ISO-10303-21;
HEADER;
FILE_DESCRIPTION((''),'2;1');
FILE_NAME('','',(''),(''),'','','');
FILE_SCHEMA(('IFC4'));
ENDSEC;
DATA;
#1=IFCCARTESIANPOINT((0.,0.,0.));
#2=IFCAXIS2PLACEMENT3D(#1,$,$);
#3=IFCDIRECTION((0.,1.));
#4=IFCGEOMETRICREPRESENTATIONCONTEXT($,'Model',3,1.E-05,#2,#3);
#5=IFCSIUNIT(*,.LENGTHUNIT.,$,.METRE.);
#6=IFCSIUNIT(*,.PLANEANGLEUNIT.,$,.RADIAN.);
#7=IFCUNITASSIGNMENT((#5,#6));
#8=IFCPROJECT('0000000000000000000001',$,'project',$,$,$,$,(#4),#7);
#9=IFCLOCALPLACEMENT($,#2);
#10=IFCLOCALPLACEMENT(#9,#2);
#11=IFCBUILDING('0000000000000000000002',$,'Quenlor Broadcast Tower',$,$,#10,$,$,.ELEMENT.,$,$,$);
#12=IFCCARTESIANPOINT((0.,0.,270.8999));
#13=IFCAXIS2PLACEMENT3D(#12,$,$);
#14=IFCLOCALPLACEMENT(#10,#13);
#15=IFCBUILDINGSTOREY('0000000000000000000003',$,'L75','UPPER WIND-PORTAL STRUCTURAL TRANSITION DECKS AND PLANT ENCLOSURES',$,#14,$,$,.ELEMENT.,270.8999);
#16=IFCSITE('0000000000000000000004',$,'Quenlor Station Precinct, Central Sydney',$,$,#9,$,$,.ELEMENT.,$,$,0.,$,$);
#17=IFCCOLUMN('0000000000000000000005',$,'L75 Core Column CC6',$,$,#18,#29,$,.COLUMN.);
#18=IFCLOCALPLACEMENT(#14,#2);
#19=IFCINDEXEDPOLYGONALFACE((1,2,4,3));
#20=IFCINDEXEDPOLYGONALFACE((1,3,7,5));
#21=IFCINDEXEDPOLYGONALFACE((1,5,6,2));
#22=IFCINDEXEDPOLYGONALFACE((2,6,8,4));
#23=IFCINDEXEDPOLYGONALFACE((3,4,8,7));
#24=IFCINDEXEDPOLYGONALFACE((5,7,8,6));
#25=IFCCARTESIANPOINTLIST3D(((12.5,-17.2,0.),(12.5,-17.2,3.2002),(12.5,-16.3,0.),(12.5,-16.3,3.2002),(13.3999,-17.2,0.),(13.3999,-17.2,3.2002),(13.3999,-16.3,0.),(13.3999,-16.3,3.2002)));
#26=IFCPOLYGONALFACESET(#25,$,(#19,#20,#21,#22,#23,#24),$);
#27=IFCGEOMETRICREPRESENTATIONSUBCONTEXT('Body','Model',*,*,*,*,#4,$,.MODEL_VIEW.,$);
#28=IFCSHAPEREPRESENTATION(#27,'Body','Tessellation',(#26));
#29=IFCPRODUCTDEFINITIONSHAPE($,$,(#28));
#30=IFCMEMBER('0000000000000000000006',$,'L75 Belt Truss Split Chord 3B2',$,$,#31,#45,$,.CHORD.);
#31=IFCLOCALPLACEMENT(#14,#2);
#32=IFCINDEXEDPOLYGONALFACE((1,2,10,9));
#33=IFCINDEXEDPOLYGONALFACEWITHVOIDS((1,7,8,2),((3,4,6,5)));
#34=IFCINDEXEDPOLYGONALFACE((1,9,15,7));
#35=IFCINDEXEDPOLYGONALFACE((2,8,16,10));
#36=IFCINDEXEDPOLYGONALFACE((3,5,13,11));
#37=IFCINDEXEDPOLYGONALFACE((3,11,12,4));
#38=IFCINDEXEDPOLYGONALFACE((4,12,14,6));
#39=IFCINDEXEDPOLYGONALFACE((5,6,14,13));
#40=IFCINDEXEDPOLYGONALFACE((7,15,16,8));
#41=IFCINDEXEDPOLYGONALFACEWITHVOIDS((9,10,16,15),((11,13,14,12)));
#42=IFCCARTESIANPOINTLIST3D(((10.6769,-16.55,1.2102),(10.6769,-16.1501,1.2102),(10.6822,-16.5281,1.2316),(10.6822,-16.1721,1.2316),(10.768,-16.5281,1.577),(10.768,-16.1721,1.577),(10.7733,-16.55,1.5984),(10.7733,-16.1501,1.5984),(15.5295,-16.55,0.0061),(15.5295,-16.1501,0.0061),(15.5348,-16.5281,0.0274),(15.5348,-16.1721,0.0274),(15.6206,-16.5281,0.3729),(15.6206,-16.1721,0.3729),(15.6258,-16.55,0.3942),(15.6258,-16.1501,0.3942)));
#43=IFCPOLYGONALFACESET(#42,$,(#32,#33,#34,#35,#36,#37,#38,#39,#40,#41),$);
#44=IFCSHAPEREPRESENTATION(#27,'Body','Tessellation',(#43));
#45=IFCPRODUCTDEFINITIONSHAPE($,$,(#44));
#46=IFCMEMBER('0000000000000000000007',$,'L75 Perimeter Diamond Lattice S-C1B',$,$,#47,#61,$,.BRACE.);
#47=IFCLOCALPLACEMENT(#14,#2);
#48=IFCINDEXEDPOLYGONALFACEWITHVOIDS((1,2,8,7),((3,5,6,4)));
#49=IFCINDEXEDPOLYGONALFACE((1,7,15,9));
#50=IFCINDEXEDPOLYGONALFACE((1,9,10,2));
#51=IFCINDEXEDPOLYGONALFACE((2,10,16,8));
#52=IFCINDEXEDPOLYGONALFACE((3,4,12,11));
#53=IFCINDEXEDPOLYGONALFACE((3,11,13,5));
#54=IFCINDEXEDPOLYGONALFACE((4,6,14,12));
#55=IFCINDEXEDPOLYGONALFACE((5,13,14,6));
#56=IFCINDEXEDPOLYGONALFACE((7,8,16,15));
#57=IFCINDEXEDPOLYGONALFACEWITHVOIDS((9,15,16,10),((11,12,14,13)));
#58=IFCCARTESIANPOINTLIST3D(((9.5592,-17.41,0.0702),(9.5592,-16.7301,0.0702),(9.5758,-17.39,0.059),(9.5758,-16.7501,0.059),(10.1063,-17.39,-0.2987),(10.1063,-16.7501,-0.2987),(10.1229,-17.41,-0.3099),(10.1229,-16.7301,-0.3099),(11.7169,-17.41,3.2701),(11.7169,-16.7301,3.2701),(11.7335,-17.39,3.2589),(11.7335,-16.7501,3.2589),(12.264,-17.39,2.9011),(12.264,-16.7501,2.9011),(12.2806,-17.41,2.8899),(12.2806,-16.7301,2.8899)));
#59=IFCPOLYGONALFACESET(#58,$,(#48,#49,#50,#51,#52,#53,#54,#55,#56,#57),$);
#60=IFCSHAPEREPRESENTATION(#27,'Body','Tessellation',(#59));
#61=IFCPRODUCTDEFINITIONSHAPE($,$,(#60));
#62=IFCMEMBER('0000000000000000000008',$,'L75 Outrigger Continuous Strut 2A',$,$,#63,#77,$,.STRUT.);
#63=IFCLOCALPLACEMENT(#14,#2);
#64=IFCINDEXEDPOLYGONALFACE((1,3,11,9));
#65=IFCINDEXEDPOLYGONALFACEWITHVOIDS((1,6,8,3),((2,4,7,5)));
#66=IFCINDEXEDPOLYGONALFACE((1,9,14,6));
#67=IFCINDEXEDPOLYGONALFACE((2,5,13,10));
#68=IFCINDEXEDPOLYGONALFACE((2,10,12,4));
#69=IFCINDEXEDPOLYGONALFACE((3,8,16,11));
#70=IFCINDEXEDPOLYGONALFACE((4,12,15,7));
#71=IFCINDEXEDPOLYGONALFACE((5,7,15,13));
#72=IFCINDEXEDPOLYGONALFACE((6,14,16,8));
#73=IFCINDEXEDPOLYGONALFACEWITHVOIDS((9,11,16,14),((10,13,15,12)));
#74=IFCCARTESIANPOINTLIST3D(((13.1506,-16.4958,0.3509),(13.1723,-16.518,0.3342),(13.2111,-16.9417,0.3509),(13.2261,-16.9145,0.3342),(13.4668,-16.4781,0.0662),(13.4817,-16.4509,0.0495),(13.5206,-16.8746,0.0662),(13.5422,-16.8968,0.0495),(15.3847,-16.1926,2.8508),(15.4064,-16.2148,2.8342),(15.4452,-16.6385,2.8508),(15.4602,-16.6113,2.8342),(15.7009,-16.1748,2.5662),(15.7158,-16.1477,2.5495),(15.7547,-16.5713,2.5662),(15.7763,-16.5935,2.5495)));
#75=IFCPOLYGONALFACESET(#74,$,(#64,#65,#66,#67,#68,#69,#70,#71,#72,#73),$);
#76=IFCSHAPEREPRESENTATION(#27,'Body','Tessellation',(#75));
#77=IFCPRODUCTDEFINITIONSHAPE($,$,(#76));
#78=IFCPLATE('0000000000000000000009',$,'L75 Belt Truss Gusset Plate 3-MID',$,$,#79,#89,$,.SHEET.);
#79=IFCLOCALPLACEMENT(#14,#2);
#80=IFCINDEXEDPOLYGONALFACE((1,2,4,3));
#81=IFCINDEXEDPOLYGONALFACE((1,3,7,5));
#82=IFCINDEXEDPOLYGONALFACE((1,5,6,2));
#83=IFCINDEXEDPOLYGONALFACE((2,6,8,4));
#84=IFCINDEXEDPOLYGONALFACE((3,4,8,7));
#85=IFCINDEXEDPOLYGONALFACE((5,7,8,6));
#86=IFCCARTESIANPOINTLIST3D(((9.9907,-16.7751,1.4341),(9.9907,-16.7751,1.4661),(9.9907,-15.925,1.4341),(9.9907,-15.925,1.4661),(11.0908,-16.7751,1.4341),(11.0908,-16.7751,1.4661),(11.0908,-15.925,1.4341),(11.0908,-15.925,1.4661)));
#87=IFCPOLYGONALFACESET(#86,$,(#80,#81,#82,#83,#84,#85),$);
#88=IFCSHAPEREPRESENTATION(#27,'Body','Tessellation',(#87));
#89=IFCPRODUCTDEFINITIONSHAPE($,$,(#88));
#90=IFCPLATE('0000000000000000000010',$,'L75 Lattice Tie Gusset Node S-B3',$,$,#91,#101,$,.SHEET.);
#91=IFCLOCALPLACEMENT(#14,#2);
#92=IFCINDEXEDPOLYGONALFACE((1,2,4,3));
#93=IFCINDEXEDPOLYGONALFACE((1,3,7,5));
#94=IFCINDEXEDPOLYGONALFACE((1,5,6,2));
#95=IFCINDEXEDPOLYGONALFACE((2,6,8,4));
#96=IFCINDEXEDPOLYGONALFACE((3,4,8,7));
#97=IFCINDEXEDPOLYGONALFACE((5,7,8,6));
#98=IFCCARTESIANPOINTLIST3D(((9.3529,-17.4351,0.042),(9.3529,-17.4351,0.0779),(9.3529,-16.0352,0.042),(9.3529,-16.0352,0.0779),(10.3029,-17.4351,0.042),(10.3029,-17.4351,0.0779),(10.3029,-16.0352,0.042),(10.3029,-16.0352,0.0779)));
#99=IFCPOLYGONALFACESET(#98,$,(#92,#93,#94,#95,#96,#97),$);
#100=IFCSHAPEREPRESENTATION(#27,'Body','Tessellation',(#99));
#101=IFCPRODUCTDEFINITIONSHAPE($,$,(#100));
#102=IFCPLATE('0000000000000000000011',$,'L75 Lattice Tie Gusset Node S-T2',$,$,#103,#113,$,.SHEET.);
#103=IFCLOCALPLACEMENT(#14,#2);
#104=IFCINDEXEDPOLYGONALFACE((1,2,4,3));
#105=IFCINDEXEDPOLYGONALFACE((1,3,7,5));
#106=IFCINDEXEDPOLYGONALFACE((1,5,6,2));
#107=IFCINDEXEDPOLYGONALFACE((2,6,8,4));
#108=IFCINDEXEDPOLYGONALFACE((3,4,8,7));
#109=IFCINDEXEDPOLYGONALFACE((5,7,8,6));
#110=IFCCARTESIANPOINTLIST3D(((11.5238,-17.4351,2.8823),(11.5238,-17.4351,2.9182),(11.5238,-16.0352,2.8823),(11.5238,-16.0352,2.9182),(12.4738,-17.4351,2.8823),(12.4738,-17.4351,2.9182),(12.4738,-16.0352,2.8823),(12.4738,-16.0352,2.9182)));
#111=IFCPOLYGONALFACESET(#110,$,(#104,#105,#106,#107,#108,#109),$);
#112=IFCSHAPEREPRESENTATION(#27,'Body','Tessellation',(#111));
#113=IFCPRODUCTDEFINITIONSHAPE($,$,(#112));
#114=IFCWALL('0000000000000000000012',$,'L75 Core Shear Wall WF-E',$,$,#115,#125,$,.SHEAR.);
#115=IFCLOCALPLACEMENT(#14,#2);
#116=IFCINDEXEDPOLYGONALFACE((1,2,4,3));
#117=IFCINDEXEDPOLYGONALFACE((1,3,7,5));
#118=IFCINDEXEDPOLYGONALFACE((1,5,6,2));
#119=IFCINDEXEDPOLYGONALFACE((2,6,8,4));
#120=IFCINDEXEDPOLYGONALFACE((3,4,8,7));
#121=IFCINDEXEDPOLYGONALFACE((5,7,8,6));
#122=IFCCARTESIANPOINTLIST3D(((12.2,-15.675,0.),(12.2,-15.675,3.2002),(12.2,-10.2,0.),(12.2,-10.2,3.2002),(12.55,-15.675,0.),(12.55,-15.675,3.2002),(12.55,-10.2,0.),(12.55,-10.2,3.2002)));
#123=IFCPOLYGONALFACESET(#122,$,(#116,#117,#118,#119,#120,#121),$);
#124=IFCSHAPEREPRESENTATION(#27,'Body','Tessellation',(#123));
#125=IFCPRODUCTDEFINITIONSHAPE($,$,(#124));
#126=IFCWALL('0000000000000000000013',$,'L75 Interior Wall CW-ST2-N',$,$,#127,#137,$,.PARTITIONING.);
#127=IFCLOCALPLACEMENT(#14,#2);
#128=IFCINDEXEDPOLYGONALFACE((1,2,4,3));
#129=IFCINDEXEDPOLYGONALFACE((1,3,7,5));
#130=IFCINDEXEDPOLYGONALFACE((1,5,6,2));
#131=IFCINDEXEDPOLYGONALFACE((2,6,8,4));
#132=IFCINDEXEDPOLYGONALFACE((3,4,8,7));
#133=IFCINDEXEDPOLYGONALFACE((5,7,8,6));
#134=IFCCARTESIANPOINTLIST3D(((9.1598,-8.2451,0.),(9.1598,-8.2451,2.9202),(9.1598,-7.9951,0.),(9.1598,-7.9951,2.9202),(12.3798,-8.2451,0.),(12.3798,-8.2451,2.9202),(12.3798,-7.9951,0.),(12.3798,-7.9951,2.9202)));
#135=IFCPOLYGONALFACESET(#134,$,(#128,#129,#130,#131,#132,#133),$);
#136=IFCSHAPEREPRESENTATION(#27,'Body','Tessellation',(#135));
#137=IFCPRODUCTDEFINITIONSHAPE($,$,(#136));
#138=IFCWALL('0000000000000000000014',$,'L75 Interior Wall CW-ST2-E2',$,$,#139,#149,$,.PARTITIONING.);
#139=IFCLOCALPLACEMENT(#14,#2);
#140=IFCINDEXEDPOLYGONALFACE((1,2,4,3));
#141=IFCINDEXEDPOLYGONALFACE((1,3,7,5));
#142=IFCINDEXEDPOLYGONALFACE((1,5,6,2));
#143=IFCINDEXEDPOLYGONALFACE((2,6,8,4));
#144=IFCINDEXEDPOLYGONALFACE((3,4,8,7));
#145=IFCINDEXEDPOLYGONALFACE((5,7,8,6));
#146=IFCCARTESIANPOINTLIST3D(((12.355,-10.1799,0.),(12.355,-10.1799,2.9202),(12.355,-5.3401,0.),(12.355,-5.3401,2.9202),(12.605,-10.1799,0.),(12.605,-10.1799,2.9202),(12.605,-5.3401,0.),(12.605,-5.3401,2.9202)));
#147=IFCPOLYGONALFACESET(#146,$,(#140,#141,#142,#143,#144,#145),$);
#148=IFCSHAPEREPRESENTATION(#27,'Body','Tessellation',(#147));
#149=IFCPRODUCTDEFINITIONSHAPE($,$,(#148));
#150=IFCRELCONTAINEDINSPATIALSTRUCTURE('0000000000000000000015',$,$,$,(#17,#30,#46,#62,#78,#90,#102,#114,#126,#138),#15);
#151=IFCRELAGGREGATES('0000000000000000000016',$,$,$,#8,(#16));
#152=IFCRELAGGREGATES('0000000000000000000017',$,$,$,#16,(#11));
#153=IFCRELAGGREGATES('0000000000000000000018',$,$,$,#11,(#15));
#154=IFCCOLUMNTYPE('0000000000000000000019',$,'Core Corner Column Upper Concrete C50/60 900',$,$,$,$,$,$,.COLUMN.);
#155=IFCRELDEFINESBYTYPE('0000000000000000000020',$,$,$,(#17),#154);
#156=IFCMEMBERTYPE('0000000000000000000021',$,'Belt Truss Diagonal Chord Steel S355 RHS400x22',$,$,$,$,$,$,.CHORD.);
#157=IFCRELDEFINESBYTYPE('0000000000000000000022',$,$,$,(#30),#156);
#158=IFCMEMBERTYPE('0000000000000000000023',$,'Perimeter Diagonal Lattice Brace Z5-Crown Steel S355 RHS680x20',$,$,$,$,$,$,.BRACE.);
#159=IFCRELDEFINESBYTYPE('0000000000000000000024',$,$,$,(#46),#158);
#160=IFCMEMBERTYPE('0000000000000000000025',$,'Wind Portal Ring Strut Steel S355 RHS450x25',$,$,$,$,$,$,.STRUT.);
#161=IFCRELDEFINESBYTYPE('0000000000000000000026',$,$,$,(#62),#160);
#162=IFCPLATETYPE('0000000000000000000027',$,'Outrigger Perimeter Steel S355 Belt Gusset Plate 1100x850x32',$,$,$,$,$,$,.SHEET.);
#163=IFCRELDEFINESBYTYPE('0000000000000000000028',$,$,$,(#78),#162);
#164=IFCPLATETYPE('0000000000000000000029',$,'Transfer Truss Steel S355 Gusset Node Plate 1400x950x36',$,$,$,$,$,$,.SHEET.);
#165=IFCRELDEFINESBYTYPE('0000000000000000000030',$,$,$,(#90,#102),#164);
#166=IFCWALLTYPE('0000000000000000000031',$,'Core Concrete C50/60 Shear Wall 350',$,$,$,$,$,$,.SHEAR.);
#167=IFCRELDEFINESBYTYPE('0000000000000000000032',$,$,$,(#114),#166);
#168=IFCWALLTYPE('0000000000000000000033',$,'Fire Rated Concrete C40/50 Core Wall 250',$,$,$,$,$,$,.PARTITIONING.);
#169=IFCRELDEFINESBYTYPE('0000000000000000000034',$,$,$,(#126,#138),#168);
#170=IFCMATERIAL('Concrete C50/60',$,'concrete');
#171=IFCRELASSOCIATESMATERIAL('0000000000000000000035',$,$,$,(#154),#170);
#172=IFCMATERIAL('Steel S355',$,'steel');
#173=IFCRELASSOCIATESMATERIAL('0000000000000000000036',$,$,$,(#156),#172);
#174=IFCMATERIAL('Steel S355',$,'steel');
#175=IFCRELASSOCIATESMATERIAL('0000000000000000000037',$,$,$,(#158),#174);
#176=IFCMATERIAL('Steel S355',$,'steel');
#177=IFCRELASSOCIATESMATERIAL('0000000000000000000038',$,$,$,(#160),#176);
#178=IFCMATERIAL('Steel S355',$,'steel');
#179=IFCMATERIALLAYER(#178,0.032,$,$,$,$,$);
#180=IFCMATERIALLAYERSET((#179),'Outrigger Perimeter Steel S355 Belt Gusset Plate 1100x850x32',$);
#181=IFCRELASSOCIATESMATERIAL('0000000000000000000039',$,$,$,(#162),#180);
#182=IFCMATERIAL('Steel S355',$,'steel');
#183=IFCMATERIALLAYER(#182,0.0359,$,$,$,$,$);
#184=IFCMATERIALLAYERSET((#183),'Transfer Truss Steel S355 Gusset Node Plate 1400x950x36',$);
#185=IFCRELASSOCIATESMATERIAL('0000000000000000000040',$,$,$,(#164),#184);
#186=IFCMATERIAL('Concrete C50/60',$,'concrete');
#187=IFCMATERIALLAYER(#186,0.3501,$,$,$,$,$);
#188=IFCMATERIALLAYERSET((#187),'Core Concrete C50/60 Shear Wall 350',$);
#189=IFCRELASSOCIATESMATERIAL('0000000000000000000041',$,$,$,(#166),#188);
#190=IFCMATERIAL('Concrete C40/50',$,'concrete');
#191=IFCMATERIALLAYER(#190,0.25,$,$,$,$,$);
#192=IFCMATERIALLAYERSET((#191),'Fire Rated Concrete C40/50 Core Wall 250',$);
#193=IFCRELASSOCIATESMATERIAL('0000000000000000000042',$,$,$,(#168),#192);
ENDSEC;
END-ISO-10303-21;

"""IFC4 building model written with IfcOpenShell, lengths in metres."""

from ifc_helpers import new_model, si_unit, direction, frame, frame_2d, origin, origin_2d, place, context, subcontext, project, spatial, rectangle, hollow_rectangle, extrude, material, layer, layer_set, material_profile, profile_set, type_object, element, save


model = new_model("IFC4")

# Units and contexts
model_context = context("Model", 3, precision=1e-05, world=origin(), true_north=direction((0.0, 1.0)))
body_context = subcontext(model_context, "Body", "Model", "MODEL_VIEW")
ifc_project = project(units=[si_unit("LENGTHUNIT", "METRE"), si_unit("PLANEANGLEUNIT", "RADIAN")], contexts=[model_context])

# Site, building, storey
site_placement = place(None, origin())
site = spatial("IfcSite", under=ifc_project, at=site_placement, Name="Quenlor Station Precinct, Central Sydney", CompositionType="ELEMENT", RefElevation=0.0)
building_placement = place(site_placement, origin())
building = spatial("IfcBuilding", under=site, at=building_placement, Name="Quenlor Broadcast Tower", CompositionType="ELEMENT")
storey_placement = place(building_placement, frame((0.0, 0.0, 270.8999)))
storey = spatial("IfcBuildingStorey", under=building, at=storey_placement, Name="L75", Description="UPPER WIND-PORTAL STRUCTURAL TRANSITION DECKS AND PLANT ENCLOSURES", CompositionType="ELEMENT", Elevation=270.8999)

# Column
ifc_material_1 = material(Name="Concrete C50/60", Category="concrete")
ifc_material_profile_1 = material_profile(ifc_material_1, rectangle(XDim=0.8999, YDim=0.8999, at=origin_2d()))
ifc_profile_set_1 = profile_set([ifc_material_profile_1], Name="Concrete C50/60 RC900x900")
column_type = type_object("IfcColumnType", Name="Core Corner Column Upper Concrete C50/60 900", PredefinedType="COLUMN", material=ifc_profile_set_1)
column_placement = place(storey_placement, frame((12.95, -16.75, 0.0), z_axis=(0.0, 0.0, 1.0), x_axis=(1.0, 0.0, 0.0)))
element("IfcColumn", 1, at=column_placement, inside=storey, type_object=column_type, Name="L75 Core Column CC6", PredefinedType="COLUMN", context=body_context, shape_type="SweptSolid", body=[
    extrude(rectangle(XDim=0.8999, YDim=0.8999, at=origin_2d()), origin(), (0.0, 0.0, 1.0), 3.2002),
])

# Members
ifc_material_2 = material(Name="Steel S355", Category="steel")
ifc_material_profile_2 = material_profile(ifc_material_2, hollow_rectangle(XDim=0.3999, YDim=0.3999, WallThickness=0.022, at=origin_2d()))
ifc_profile_set_2 = profile_set([ifc_material_profile_2], Name="Steel S355 RHS400x400x22")
member_type_1 = type_object("IfcMemberType", Name="Belt Truss Diagonal Chord Steel S355 RHS400x22", PredefinedType="CHORD", material=ifc_profile_set_2)
member_1_placement = place(storey_placement, frame((10.7251, -16.3501, 1.4043), z_axis=(0.970566, 0.0, -0.240835), x_axis=(0.0, 1.0, 0.0)))
element("IfcMember", 2, at=member_1_placement, inside=storey, type_object=member_type_1, Name="L75 Belt Truss Split Chord 3B2", PredefinedType="CHORD", context=body_context, shape_type="SweptSolid", body=[
    extrude(hollow_rectangle(XDim=0.3999, YDim=0.3999, WallThickness=0.022, at=origin_2d()), origin(), (0.0, 0.0, 1.0), 4.9998),
])
ifc_material_3 = material(Name="Steel S355", Category="steel")
ifc_material_profile_3 = material_profile(ifc_material_3, hollow_rectangle(XDim=0.6799, YDim=0.6799, WallThickness=0.02, at=origin_2d()))
ifc_profile_set_3 = profile_set([ifc_material_profile_3], Name="Steel S355 RHS680x680x20")
member_type_2 = type_object("IfcMemberType", Name="Perimeter Diagonal Lattice Brace Z5-Crown Steel S355 RHS680x20", PredefinedType="BRACE", material=ifc_profile_set_3)
member_2_placement = place(storey_placement, frame((9.8411, -17.0701, -0.1199), z_axis=(0.559072, 0.0, 0.829119), x_axis=(0.0, 1.0, 0.0)))
element("IfcMember", 3, at=member_2_placement, inside=storey, type_object=member_type_2, Name="L75 Perimeter Diamond Lattice S-C1B", PredefinedType="BRACE", context=body_context, shape_type="SweptSolid", body=[
    extrude(hollow_rectangle(XDim=0.6799, YDim=0.6799, WallThickness=0.02, at=origin_2d()), origin(), (0.0, 0.0, 1.0), 3.8594),
])
ifc_material_4 = material(Name="Steel S355", Category="steel")
ifc_material_profile_4 = material_profile(ifc_material_4, hollow_rectangle(XDim=0.45, YDim=0.45, WallThickness=0.0249, at=origin_2d()))
ifc_profile_set_4 = profile_set([ifc_material_profile_4], Name="Steel S355 RHS450x450x25")
member_type_3 = type_object("IfcMemberType", Name="Wind Portal Ring Strut Steel S355 RHS450x25", PredefinedType="STRUT", material=ifc_profile_set_4)
member_3_placement = place(storey_placement, frame((13.3464, -16.6963, 0.2002), z_axis=(0.663637, 0.090071, 0.742612), x_axis=(-0.13449, 0.990915, 0.0)))
element("IfcMember", 4, at=member_3_placement, inside=storey, type_object=member_type_3, Name="L75 Outrigger Continuous Strut 2A", PredefinedType="STRUT", context=body_context, shape_type="SweptSolid", body=[
    extrude(hollow_rectangle(XDim=0.45, YDim=0.45, WallThickness=0.0249, at=origin_2d()), origin(), (0.0, 0.0, 1.0), 3.3665),
])

# Plates
ifc_material_5 = material(Name="Steel S355", Category="steel")
ifc_layer_1 = layer(ifc_material_5, 0.032)
ifc_layer_set_1 = layer_set([ifc_layer_1], Name="Outrigger Perimeter Steel S355 Belt Gusset Plate 1100x850x32")
plate_type_1 = type_object("IfcPlateType", Name="Outrigger Perimeter Steel S355 Belt Gusset Plate 1100x850x32", PredefinedType="SHEET", material=ifc_layer_set_1)
plate_placement = place(storey_placement, frame((10.5408, -16.3501, 1.4341), z_axis=(0.0, 0.0, 1.0), x_axis=(1.0, 0.0, 0.0)))
element("IfcPlate", 5, at=plate_placement, inside=storey, type_object=plate_type_1, Name="L75 Belt Truss Gusset Plate 3-MID", PredefinedType="SHEET", context=body_context, shape_type="SweptSolid", body=[
    extrude(rectangle(XDim=1.1001, YDim=0.8501, at=origin_2d()), origin(), (0.0, 0.0, 1.0), 0.032),
])
ifc_material_6 = material(Name="Steel S355", Category="steel")
ifc_layer_2 = layer(ifc_material_6, 0.0359)
ifc_layer_set_2 = layer_set([ifc_layer_2], Name="Transfer Truss Steel S355 Gusset Node Plate 1400x950x36")
plate_type_2 = type_object("IfcPlateType", Name="Transfer Truss Steel S355 Gusset Node Plate 1400x950x36", PredefinedType="SHEET", material=ifc_layer_set_2)
for number, where, z_axis, x_axis, name in (
    (6, (9.8279, -16.7351, 0.042), (0.0, 0.0, 1.0), (0.0, -1.0, 0.0), "L75 Lattice Tie Gusset Node S-B3"),
    (7, (11.9988, -16.7351, 2.8823), (0.0, 0.0, 1.0), (0.0, -1.0, 0.0), "L75 Lattice Tie Gusset Node S-T2"),
):
    element("IfcPlate", number, at=place(storey_placement, frame(where, z_axis=z_axis, x_axis=x_axis)), inside=storey, type_object=plate_type_2, Name=name, PredefinedType="SHEET", context=body_context, shape_type="SweptSolid", body=[
        extrude(rectangle(XDim=1.3999, YDim=0.95, at=origin_2d()), origin(), (0.0, 0.0, 1.0), 0.0359),
    ])

# Wall
ifc_material_7 = material(Name="Concrete C50/60", Category="concrete")
ifc_layer_3 = layer(ifc_material_7, 0.3501)
ifc_layer_set_3 = layer_set([ifc_layer_3], Name="Core Concrete C50/60 Shear Wall 350")
wall_type_1 = type_object("IfcWallType", Name="Core Concrete C50/60 Shear Wall 350", PredefinedType="SHEAR", material=ifc_layer_set_3)
wall_1_placement = place(storey_placement, frame((12.375, -15.675, 0.0), z_axis=(0.0, 0.0, 1.0), x_axis=(0.0, 1.0, 0.0)))
element("IfcWall", 8, at=wall_1_placement, inside=storey, type_object=wall_type_1, Name="L75 Core Shear Wall WF-E", PredefinedType="SHEAR", context=body_context, shape_type="SweptSolid", body=[
    extrude(rectangle(XDim=5.4751, YDim=0.3501, at=frame_2d((2.7375, 0.0))), origin(), (0.0, 0.0, 1.0), 3.2002),
])

# Shared definitions
ifc_material_8 = material(Name="Concrete C40/50", Category="concrete")
ifc_layer_4 = layer(ifc_material_8, 0.25)
ifc_layer_set_4 = layer_set([ifc_layer_4], Name="Fire Rated Concrete C40/50 Core Wall 250")
wall_type_2 = type_object("IfcWallType", Name="Fire Rated Concrete C40/50 Core Wall 250", PredefinedType="PARTITIONING", material=ifc_layer_set_4)

# Walls
wall_2_placement = place(storey_placement, frame((9.1599, -8.1201, 0.0), z_axis=(0.0, 0.0, 1.0), x_axis=(1.0, 0.0, 0.0)))
element("IfcWall", 9, at=wall_2_placement, inside=storey, type_object=wall_type_2, Name="L75 Interior Wall CW-ST2-N", PredefinedType="PARTITIONING", context=body_context, shape_type="SweptSolid", body=[
    extrude(rectangle(XDim=3.22, YDim=0.25, at=frame_2d((1.6099, 0.0))), origin(), (0.0, 0.0, 1.0), 2.9202),
])
wall_3_placement = place(storey_placement, frame((12.48, -10.1799, 0.0), z_axis=(0.0, 0.0, 1.0), x_axis=(0.0, 1.0, 0.0)))
element("IfcWall", 10, at=wall_3_placement, inside=storey, type_object=wall_type_2, Name="L75 Interior Wall CW-ST2-E2", PredefinedType="PARTITIONING", context=body_context, shape_type="SweptSolid", body=[
    extrude(rectangle(XDim=4.8398, YDim=0.25, at=frame_2d((2.4199, 0.0))), origin(), (0.0, 0.0, 1.0), 2.9202),
])

save(model, "model.ifc")
